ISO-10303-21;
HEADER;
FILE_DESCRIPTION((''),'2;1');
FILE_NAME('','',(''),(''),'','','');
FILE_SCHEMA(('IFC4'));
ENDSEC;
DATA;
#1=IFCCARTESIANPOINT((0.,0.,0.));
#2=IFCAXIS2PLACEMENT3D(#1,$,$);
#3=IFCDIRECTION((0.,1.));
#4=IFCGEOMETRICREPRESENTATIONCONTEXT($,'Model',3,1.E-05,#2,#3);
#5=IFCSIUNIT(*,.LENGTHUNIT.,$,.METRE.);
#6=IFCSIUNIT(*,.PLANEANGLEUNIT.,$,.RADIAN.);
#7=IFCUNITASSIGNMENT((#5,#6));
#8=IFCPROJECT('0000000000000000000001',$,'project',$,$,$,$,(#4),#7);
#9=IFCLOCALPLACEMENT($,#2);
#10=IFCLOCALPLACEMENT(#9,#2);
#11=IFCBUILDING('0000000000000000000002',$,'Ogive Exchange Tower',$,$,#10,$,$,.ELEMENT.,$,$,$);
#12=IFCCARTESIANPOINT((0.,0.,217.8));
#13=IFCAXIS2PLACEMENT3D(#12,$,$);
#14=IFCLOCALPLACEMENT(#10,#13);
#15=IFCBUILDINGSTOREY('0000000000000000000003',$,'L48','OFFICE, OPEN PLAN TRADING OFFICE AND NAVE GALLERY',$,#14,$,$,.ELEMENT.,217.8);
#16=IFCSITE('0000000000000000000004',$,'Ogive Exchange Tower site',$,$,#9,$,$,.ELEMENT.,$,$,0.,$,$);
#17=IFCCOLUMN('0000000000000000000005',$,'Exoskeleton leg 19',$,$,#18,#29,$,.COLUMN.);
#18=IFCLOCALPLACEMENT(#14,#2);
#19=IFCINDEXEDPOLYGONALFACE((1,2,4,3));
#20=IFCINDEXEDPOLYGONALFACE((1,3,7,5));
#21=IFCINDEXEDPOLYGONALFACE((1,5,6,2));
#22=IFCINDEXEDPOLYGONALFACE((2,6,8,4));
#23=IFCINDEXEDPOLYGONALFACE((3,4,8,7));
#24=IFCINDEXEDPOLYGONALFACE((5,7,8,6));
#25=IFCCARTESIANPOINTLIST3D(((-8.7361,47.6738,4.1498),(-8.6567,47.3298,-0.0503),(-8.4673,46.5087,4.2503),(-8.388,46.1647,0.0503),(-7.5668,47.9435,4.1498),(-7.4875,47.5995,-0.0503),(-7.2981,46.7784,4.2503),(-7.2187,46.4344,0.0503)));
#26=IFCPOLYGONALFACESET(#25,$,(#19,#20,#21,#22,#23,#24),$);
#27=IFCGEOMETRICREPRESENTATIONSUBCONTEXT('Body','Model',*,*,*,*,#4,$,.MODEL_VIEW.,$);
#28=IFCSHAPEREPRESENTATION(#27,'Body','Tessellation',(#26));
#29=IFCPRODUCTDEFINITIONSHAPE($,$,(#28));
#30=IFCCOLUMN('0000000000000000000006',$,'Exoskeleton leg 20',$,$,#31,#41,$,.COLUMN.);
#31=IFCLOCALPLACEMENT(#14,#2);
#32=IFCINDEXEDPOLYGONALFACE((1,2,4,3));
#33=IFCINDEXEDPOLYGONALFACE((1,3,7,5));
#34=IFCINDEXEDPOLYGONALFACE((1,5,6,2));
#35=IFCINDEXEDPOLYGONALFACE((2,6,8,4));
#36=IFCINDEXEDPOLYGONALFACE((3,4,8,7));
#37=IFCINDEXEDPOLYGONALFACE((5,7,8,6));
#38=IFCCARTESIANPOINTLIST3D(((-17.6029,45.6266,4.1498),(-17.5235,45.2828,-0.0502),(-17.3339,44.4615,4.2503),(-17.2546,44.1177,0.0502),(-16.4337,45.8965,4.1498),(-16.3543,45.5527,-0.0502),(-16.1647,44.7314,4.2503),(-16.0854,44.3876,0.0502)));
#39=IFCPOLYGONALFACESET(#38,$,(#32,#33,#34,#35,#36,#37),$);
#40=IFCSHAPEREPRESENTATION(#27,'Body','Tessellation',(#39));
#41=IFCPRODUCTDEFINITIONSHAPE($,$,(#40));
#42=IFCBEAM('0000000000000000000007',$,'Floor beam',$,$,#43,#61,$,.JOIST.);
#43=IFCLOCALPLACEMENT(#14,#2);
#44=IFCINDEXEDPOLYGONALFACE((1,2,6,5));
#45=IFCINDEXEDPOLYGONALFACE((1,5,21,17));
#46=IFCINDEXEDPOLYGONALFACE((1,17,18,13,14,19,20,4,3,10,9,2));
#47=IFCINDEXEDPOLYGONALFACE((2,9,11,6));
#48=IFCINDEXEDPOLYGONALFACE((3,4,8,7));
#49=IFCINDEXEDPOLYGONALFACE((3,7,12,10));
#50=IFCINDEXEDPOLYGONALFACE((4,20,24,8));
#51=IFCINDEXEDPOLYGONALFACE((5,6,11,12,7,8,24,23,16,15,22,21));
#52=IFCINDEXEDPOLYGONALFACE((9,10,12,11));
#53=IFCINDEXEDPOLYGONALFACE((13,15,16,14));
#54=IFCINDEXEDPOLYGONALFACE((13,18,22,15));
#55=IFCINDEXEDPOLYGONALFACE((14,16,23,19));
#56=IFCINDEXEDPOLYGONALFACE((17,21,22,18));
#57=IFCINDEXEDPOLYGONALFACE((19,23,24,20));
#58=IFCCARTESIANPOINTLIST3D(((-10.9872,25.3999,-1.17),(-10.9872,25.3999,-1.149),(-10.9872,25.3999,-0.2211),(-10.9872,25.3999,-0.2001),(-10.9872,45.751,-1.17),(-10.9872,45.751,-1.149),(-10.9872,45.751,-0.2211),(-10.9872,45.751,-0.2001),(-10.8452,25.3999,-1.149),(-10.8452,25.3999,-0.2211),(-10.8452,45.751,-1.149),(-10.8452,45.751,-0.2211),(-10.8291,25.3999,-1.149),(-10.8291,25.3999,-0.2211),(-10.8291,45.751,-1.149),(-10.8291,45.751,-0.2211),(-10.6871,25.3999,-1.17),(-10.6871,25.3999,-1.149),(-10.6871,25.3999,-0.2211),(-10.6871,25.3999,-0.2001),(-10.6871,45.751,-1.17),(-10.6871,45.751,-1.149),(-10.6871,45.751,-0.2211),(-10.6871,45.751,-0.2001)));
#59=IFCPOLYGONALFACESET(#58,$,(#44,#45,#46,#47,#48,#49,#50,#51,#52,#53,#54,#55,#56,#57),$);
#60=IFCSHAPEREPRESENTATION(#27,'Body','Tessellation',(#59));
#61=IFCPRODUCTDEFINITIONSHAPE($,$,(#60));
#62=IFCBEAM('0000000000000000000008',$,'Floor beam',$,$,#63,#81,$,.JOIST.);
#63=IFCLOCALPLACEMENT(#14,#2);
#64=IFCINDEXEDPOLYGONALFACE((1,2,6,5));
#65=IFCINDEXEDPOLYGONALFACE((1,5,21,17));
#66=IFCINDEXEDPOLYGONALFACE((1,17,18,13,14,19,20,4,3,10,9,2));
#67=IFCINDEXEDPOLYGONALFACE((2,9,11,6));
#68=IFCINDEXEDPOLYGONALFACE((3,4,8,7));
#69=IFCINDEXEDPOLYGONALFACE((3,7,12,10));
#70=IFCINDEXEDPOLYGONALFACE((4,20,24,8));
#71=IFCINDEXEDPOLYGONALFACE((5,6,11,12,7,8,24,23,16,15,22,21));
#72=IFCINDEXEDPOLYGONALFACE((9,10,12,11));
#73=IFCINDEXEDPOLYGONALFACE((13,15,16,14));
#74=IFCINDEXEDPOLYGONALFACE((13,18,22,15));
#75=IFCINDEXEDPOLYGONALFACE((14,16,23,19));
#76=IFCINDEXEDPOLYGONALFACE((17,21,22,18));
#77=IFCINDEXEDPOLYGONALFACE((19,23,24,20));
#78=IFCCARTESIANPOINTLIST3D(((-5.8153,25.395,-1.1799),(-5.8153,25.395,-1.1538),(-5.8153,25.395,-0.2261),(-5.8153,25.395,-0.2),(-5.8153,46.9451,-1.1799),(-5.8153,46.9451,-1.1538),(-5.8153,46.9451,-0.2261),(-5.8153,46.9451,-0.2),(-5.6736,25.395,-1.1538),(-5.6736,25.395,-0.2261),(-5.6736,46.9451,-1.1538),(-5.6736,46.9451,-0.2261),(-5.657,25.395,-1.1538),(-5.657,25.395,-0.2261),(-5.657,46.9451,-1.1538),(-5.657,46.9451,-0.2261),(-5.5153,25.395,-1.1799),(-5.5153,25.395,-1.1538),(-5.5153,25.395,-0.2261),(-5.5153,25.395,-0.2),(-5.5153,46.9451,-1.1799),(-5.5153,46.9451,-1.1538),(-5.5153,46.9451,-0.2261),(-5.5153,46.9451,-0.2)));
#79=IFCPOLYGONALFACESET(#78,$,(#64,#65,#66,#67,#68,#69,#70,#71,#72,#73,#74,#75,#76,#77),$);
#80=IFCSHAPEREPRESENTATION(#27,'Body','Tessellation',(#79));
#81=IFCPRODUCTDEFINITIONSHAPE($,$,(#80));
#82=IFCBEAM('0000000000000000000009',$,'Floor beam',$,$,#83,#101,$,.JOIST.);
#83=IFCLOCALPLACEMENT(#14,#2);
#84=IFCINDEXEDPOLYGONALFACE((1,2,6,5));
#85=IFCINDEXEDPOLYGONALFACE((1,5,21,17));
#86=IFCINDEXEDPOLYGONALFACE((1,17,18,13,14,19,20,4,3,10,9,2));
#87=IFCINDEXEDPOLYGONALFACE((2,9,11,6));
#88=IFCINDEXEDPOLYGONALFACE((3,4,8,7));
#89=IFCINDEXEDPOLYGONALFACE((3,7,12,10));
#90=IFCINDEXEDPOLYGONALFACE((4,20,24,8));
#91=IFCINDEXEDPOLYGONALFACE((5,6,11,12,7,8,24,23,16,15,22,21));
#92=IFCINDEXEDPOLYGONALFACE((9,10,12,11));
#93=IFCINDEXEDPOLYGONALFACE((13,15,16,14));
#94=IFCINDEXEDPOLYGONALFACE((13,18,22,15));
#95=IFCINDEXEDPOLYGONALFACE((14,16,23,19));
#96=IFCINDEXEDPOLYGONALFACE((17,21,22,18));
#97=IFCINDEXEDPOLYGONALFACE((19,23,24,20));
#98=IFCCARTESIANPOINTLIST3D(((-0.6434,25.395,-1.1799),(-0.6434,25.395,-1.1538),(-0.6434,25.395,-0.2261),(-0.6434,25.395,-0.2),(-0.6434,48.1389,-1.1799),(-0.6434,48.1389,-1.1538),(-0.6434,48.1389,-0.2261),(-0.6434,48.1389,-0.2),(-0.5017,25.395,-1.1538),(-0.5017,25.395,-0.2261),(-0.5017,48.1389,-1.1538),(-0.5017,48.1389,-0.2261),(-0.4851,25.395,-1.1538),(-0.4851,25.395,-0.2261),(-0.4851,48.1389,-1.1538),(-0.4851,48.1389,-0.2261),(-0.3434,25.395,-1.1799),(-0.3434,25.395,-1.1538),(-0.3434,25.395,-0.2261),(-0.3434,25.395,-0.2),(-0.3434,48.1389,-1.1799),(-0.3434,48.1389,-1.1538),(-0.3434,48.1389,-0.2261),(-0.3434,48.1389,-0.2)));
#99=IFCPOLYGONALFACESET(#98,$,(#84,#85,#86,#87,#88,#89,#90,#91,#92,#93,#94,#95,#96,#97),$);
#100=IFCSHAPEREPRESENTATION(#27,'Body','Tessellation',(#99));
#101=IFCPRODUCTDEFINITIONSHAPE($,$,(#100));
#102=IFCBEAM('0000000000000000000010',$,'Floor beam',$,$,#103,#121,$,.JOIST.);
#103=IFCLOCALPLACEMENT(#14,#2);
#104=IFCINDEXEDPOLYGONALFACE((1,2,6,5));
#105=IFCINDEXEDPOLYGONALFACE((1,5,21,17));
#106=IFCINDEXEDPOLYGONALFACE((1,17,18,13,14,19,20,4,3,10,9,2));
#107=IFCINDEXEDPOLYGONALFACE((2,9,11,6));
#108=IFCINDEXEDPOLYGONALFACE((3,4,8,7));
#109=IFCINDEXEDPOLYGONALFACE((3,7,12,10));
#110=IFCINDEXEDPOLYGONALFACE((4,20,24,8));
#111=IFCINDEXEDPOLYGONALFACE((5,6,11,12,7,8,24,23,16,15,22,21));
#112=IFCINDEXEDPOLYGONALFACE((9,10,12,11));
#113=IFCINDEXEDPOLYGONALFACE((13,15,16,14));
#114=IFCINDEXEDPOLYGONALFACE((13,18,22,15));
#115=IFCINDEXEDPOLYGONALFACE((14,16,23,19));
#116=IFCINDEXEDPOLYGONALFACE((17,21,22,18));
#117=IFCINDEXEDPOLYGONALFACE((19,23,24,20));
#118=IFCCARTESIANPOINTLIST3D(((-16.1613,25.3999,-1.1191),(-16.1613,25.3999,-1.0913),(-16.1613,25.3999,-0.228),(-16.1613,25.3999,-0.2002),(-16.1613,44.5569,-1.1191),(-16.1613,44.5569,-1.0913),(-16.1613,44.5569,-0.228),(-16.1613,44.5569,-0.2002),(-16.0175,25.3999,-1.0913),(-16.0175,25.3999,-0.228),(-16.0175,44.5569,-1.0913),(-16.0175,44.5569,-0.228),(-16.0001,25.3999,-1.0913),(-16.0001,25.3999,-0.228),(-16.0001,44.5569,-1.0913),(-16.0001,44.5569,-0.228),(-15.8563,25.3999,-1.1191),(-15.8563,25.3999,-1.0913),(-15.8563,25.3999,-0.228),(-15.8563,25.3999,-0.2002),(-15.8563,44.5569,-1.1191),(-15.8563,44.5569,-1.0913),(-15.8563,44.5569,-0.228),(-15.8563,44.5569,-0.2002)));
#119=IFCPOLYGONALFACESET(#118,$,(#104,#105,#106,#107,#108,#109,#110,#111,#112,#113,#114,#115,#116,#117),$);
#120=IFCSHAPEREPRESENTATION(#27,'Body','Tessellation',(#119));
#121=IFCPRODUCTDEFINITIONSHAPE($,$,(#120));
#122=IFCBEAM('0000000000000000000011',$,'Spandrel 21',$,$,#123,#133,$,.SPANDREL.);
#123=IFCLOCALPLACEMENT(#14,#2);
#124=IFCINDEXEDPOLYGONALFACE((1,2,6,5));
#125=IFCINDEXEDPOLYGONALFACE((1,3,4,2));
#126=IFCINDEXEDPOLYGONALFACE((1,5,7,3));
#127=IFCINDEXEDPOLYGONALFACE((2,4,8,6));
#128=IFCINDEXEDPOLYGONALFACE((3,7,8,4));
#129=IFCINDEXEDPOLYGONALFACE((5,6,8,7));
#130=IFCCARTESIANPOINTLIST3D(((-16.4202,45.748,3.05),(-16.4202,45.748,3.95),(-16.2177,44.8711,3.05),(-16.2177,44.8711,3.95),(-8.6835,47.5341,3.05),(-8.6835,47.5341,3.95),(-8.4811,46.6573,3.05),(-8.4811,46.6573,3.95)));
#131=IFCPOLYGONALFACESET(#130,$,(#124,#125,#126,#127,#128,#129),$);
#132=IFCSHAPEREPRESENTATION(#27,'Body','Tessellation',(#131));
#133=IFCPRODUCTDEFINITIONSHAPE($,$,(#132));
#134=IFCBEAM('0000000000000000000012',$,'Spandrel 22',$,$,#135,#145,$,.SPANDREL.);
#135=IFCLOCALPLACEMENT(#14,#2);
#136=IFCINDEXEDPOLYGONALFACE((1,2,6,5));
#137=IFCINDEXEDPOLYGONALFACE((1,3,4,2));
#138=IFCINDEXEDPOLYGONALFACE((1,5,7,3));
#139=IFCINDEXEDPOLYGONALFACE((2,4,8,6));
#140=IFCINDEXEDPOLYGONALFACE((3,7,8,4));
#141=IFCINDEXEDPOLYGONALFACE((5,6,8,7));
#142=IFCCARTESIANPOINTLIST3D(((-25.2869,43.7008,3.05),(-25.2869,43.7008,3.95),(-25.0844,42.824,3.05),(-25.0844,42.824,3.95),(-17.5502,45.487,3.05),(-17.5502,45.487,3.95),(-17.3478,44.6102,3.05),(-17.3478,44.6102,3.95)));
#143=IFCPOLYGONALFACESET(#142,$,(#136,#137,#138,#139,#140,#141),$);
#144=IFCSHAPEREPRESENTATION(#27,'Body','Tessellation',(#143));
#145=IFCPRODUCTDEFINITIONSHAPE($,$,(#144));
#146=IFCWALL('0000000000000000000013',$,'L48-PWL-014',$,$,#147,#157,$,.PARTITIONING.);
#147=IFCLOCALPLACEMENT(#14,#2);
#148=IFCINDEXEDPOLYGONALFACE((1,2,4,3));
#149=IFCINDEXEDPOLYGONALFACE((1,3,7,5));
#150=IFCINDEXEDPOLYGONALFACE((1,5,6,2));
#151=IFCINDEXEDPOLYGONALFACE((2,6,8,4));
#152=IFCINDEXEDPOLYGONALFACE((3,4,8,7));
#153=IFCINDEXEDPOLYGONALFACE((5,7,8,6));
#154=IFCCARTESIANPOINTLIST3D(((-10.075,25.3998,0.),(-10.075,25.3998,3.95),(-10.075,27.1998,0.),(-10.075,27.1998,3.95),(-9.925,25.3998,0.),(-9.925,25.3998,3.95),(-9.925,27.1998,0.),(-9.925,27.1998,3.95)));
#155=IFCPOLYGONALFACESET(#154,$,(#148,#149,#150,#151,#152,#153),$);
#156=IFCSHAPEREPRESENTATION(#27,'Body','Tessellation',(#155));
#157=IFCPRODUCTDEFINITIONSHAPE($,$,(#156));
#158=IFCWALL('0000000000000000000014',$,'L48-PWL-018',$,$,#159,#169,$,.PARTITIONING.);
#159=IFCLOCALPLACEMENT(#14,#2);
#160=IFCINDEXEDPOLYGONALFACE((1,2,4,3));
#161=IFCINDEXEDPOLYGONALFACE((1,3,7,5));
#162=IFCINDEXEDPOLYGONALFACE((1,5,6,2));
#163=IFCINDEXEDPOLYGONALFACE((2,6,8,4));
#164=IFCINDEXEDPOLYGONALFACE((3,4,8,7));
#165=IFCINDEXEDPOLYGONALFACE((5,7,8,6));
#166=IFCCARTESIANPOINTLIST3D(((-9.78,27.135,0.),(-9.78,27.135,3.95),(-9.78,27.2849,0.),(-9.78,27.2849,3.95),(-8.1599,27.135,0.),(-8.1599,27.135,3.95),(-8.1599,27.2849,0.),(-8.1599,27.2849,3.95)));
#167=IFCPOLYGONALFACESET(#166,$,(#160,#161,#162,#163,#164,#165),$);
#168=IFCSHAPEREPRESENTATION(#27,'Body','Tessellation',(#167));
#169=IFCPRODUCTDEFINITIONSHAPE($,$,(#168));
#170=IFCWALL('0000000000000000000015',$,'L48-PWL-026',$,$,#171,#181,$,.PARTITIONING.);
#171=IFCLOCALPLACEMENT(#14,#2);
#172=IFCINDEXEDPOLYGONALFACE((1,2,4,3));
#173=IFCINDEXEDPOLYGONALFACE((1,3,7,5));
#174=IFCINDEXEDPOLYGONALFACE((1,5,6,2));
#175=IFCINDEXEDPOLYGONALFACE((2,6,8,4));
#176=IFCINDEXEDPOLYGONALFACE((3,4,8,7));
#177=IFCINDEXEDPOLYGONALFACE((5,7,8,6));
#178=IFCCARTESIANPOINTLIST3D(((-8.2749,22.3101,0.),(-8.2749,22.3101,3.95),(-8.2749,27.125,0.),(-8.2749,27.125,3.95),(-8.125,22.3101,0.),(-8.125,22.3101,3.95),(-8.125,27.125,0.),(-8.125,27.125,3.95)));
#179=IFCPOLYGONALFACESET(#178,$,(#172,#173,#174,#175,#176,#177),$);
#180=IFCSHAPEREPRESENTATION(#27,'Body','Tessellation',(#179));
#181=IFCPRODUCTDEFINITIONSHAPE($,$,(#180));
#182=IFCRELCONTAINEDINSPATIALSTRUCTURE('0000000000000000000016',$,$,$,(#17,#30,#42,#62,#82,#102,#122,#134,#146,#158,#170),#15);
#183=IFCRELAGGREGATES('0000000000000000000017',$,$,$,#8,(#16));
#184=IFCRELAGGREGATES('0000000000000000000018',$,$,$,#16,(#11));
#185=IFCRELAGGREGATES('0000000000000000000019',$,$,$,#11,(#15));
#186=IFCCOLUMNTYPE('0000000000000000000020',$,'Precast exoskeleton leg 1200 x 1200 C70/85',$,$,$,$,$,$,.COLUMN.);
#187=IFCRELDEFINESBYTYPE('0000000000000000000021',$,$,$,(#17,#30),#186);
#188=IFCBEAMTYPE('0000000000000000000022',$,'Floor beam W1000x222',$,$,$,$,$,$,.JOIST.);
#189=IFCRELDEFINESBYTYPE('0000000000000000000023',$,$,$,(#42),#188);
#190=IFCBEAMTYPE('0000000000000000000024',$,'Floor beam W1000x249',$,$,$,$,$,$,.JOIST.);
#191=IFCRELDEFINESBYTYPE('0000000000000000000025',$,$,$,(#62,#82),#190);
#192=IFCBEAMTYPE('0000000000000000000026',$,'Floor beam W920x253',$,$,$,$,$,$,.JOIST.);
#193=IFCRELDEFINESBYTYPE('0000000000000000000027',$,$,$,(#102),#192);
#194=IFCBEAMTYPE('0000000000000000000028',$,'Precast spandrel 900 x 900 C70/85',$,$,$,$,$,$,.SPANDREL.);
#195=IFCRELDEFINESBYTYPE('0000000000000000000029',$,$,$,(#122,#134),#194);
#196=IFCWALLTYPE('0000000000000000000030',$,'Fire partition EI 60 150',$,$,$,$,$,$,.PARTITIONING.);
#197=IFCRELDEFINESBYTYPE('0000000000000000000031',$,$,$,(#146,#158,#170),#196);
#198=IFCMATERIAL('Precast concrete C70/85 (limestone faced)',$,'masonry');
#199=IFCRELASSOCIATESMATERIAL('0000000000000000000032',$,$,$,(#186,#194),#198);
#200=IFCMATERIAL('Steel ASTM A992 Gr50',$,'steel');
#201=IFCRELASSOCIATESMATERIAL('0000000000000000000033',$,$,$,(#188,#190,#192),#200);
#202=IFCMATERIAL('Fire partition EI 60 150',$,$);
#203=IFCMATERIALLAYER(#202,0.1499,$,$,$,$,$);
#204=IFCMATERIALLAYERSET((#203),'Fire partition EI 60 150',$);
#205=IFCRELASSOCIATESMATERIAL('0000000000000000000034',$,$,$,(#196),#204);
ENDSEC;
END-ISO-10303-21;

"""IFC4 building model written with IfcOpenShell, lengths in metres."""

from ifc_helpers import new_model, si_unit, direction, frame, frame_2d, origin, origin_2d, place, context, subcontext, project, spatial, rectangle, i_section, extrude, material, layer, layer_set, material_profile, profile_set, type_object, element, save


model = new_model("IFC4")

# Units and contexts
model_context = context("Model", 3, precision=1e-05, world=origin(), true_north=direction((0.0, 1.0)))
body_context = subcontext(model_context, "Body", "Model", "MODEL_VIEW")
ifc_project = project(units=[si_unit("LENGTHUNIT", "METRE"), si_unit("PLANEANGLEUNIT", "RADIAN")], contexts=[model_context])

# Site, building, storey
site_placement = place(None, origin())
site = spatial("IfcSite", under=ifc_project, at=site_placement, Name="Ogive Exchange Tower site", CompositionType="ELEMENT", RefElevation=0.0)
building_placement = place(site_placement, origin())
building = spatial("IfcBuilding", under=site, at=building_placement, Name="Ogive Exchange Tower", CompositionType="ELEMENT")
storey_placement = place(building_placement, frame((0.0, 0.0, 217.8)))
storey = spatial("IfcBuildingStorey", under=building, at=storey_placement, Name="L48", Description="OFFICE, OPEN PLAN TRADING OFFICE AND NAVE GALLERY", CompositionType="ELEMENT", Elevation=217.8)

# Columns
ifc_material_1 = material(Name="Precast concrete C70/85 (limestone faced)", Category="masonry")
ifc_material_profile_1 = material_profile(ifc_material_1, rectangle(XDim=1.2, YDim=1.2, at=origin_2d()), Name="1200 x 1200")
ifc_profile_set_1 = profile_set([ifc_material_profile_1], Name="Precast concrete C70/85 (limestone faced)")
column_type = type_object("IfcColumnType", Name="Precast exoskeleton leg 1200 x 1200 C70/85", PredefinedType="COLUMN", material=ifc_profile_set_1)
for number, where, z_axis, x_axis, name in (
    (1, (-7.9377, 46.8821, 0.0), (-0.018826, 0.081617, 0.996486), (-0.974415, -0.224758, 0.0), "Exoskeleton leg 19"),
    (2, (-16.8044, 44.8352, 0.0), (-0.018826, 0.081559, 0.996491), (-0.97438, -0.22491, 0.0), "Exoskeleton leg 20"),
):
    element("IfcColumn", number, at=place(storey_placement, frame(where, z_axis=z_axis, x_axis=x_axis)), inside=storey, type_object=column_type, Name=name, PredefinedType="COLUMN", context=body_context, shape_type="SweptSolid", body=[
        extrude(rectangle(XDim=1.2, YDim=1.2, at=origin_2d()), origin(), (0.0, 0.0, 1.0), 4.2148),
    ])

# Beams
ifc_material_2 = material(Name="Steel ASTM A992 Gr50", Category="steel")
ifc_material_profile_2 = material_profile(ifc_material_2, i_section(OverallWidth=0.3, OverallDepth=0.97, WebThickness=0.0161, FlangeThickness=0.021, at=origin_2d()), Name="W1000x222")
ifc_profile_set_2 = profile_set([ifc_material_profile_2], Name="Steel ASTM A992 Gr50")
beam_type_1 = type_object("IfcBeamType", Name="Floor beam W1000x222", PredefinedType="JOIST", material=ifc_profile_set_2)
beam_1_placement = place(storey_placement, frame((-10.8372, 25.3999, -0.6851), z_axis=(0.0, 1.0, 0.0), x_axis=(-1.0, 0.0, 0.0)))
element("IfcBeam", 3, at=beam_1_placement, inside=storey, type_object=beam_type_1, Name="Floor beam", PredefinedType="JOIST", context=body_context, shape_type="SweptSolid", body=[
    extrude(i_section(OverallWidth=0.3, OverallDepth=0.97, WebThickness=0.0161, FlangeThickness=0.021, at=origin_2d()), origin(), (0.0, 0.0, 1.0), 20.3511),
])
ifc_material_profile_3 = material_profile(ifc_material_2, i_section(OverallWidth=0.3, OverallDepth=0.98, WebThickness=0.0166, FlangeThickness=0.0261, at=origin_2d()), Name="W1000x249")
ifc_profile_set_3 = profile_set([ifc_material_profile_3], Name="Steel ASTM A992 Gr50")
beam_type_2 = type_object("IfcBeamType", Name="Floor beam W1000x249", PredefinedType="JOIST", material=ifc_profile_set_3)
beam_2_placement = place(storey_placement, frame((-5.6653, 25.395, -0.6899), z_axis=(0.0, 1.0, 0.0), x_axis=(-1.0, 0.0, 0.0)))
element("IfcBeam", 4, at=beam_2_placement, inside=storey, type_object=beam_type_2, Name="Floor beam", PredefinedType="JOIST", context=body_context, shape_type="SweptSolid", body=[
    extrude(i_section(OverallWidth=0.3, OverallDepth=0.98, WebThickness=0.0166, FlangeThickness=0.0261, at=origin_2d()), origin(), (0.0, 0.0, 1.0), 21.55),
])
beam_3_placement = place(storey_placement, frame((-0.4934, 25.395, -0.6899), z_axis=(0.0, 1.0, 0.0), x_axis=(-1.0, 0.0, 0.0)))
element("IfcBeam", 5, at=beam_3_placement, inside=storey, type_object=beam_type_2, Name="Floor beam", PredefinedType="JOIST", context=body_context, shape_type="SweptSolid", body=[
    extrude(i_section(OverallWidth=0.3, OverallDepth=0.98, WebThickness=0.0166, FlangeThickness=0.0261, at=origin_2d()), origin(), (0.0, 0.0, 1.0), 22.7439),
])
ifc_material_profile_4 = material_profile(ifc_material_2, i_section(OverallWidth=0.3049, OverallDepth=0.9189, WebThickness=0.0173, FlangeThickness=0.0278, at=origin_2d()), Name="W920x253")
ifc_profile_set_4 = profile_set([ifc_material_profile_4], Name="Steel ASTM A992 Gr50")
beam_type_3 = type_object("IfcBeamType", Name="Floor beam W920x253", PredefinedType="JOIST", material=ifc_profile_set_4)
beam_4_placement = place(storey_placement, frame((-16.0088, 25.3999, -0.6597), z_axis=(0.0, 1.0, 0.0), x_axis=(-1.0, 0.0, 0.0)))
element("IfcBeam", 6, at=beam_4_placement, inside=storey, type_object=beam_type_3, Name="Floor beam", PredefinedType="JOIST", context=body_context, shape_type="SweptSolid", body=[
    extrude(i_section(OverallWidth=0.3049, OverallDepth=0.9189, WebThickness=0.0173, FlangeThickness=0.0278, at=origin_2d()), origin(), (0.0, 0.0, 1.0), 19.157),
])
ifc_material_profile_5 = material_profile(ifc_material_1, rectangle(XDim=0.8999, YDim=0.8999, at=origin_2d()), Name="900 x 900")
ifc_profile_set_5 = profile_set([ifc_material_profile_5], Name="Precast concrete C70/85 (limestone faced)")
beam_type_4 = type_object("IfcBeamType", Name="Precast spandrel 900 x 900 C70/85", PredefinedType="SPANDREL", material=ifc_profile_set_5)
for number, where, z_axis, x_axis, name in (
    (7, (-8.5823, 47.0957, 3.5), (-0.97437, -0.224952, 0.0), (0.224952, -0.97437, 0.0), "Spandrel 21"),
    (8, (-17.449, 45.0486, 3.5), (-0.97437, -0.224952, 0.0), (0.224952, -0.97437, 0.0), "Spandrel 22"),
):
    element("IfcBeam", number, at=place(storey_placement, frame(where, z_axis=z_axis, x_axis=x_axis)), inside=storey, type_object=beam_type_4, Name=name, PredefinedType="SPANDREL", context=body_context, shape_type="SweptSolid", body=[
        extrude(rectangle(XDim=0.8999, YDim=0.8999, at=origin_2d()), origin(), (0.0, 0.0, 1.0), 7.9402),
    ])

# Walls
ifc_material_3 = material(Name="Fire partition EI 60 150")
ifc_layer_1 = layer(ifc_material_3, 0.1499)
ifc_layer_set_1 = layer_set([ifc_layer_1], Name="Fire partition EI 60 150")
wall_type_1 = type_object("IfcWallType", Name="Fire partition EI 60 150", PredefinedType="PARTITIONING", material=ifc_layer_set_1)
wall_1_placement = place(storey_placement, frame((-10.0, 25.3999, 0.0), z_axis=(0.0, 0.0, 1.0), x_axis=(0.0, 1.0, 0.0)))
element("IfcWall", 9, at=wall_1_placement, inside=storey, type_object=wall_type_1, Name="L48-PWL-014", PredefinedType="PARTITIONING", context=body_context, shape_type="SweptSolid", body=[
    extrude(rectangle(XDim=1.8, YDim=0.1499, at=frame_2d((0.8999, 0.0))), origin(), (0.0, 0.0, 1.0), 3.95),
])
wall_2_placement = place(storey_placement, frame((-9.78, 27.21, 0.0), z_axis=(0.0, 0.0, 1.0), x_axis=(1.0, 0.0, 0.0)))
element("IfcWall", 10, at=wall_2_placement, inside=storey, type_object=wall_type_1, Name="L48-PWL-018", PredefinedType="PARTITIONING", context=body_context, shape_type="SweptSolid", body=[
    extrude(rectangle(XDim=1.6201, YDim=0.1499, at=frame_2d((0.8101, 0.0))), origin(), (0.0, 0.0, 1.0), 3.95),
])
wall_3_placement = place(storey_placement, frame((-8.2, 27.125, 0.0), z_axis=(0.0, 0.0, 1.0), x_axis=(0.0, -1.0, 0.0)))
element("IfcWall", 11, at=wall_3_placement, inside=storey, type_object=wall_type_1, Name="L48-PWL-026", PredefinedType="PARTITIONING", context=body_context, shape_type="SweptSolid", body=[
    extrude(rectangle(XDim=4.8149, YDim=0.1499, at=frame_2d((2.4075, 0.0))), origin(), (0.0, 0.0, 1.0), 3.95),
])

save(model, "model.ifc")
